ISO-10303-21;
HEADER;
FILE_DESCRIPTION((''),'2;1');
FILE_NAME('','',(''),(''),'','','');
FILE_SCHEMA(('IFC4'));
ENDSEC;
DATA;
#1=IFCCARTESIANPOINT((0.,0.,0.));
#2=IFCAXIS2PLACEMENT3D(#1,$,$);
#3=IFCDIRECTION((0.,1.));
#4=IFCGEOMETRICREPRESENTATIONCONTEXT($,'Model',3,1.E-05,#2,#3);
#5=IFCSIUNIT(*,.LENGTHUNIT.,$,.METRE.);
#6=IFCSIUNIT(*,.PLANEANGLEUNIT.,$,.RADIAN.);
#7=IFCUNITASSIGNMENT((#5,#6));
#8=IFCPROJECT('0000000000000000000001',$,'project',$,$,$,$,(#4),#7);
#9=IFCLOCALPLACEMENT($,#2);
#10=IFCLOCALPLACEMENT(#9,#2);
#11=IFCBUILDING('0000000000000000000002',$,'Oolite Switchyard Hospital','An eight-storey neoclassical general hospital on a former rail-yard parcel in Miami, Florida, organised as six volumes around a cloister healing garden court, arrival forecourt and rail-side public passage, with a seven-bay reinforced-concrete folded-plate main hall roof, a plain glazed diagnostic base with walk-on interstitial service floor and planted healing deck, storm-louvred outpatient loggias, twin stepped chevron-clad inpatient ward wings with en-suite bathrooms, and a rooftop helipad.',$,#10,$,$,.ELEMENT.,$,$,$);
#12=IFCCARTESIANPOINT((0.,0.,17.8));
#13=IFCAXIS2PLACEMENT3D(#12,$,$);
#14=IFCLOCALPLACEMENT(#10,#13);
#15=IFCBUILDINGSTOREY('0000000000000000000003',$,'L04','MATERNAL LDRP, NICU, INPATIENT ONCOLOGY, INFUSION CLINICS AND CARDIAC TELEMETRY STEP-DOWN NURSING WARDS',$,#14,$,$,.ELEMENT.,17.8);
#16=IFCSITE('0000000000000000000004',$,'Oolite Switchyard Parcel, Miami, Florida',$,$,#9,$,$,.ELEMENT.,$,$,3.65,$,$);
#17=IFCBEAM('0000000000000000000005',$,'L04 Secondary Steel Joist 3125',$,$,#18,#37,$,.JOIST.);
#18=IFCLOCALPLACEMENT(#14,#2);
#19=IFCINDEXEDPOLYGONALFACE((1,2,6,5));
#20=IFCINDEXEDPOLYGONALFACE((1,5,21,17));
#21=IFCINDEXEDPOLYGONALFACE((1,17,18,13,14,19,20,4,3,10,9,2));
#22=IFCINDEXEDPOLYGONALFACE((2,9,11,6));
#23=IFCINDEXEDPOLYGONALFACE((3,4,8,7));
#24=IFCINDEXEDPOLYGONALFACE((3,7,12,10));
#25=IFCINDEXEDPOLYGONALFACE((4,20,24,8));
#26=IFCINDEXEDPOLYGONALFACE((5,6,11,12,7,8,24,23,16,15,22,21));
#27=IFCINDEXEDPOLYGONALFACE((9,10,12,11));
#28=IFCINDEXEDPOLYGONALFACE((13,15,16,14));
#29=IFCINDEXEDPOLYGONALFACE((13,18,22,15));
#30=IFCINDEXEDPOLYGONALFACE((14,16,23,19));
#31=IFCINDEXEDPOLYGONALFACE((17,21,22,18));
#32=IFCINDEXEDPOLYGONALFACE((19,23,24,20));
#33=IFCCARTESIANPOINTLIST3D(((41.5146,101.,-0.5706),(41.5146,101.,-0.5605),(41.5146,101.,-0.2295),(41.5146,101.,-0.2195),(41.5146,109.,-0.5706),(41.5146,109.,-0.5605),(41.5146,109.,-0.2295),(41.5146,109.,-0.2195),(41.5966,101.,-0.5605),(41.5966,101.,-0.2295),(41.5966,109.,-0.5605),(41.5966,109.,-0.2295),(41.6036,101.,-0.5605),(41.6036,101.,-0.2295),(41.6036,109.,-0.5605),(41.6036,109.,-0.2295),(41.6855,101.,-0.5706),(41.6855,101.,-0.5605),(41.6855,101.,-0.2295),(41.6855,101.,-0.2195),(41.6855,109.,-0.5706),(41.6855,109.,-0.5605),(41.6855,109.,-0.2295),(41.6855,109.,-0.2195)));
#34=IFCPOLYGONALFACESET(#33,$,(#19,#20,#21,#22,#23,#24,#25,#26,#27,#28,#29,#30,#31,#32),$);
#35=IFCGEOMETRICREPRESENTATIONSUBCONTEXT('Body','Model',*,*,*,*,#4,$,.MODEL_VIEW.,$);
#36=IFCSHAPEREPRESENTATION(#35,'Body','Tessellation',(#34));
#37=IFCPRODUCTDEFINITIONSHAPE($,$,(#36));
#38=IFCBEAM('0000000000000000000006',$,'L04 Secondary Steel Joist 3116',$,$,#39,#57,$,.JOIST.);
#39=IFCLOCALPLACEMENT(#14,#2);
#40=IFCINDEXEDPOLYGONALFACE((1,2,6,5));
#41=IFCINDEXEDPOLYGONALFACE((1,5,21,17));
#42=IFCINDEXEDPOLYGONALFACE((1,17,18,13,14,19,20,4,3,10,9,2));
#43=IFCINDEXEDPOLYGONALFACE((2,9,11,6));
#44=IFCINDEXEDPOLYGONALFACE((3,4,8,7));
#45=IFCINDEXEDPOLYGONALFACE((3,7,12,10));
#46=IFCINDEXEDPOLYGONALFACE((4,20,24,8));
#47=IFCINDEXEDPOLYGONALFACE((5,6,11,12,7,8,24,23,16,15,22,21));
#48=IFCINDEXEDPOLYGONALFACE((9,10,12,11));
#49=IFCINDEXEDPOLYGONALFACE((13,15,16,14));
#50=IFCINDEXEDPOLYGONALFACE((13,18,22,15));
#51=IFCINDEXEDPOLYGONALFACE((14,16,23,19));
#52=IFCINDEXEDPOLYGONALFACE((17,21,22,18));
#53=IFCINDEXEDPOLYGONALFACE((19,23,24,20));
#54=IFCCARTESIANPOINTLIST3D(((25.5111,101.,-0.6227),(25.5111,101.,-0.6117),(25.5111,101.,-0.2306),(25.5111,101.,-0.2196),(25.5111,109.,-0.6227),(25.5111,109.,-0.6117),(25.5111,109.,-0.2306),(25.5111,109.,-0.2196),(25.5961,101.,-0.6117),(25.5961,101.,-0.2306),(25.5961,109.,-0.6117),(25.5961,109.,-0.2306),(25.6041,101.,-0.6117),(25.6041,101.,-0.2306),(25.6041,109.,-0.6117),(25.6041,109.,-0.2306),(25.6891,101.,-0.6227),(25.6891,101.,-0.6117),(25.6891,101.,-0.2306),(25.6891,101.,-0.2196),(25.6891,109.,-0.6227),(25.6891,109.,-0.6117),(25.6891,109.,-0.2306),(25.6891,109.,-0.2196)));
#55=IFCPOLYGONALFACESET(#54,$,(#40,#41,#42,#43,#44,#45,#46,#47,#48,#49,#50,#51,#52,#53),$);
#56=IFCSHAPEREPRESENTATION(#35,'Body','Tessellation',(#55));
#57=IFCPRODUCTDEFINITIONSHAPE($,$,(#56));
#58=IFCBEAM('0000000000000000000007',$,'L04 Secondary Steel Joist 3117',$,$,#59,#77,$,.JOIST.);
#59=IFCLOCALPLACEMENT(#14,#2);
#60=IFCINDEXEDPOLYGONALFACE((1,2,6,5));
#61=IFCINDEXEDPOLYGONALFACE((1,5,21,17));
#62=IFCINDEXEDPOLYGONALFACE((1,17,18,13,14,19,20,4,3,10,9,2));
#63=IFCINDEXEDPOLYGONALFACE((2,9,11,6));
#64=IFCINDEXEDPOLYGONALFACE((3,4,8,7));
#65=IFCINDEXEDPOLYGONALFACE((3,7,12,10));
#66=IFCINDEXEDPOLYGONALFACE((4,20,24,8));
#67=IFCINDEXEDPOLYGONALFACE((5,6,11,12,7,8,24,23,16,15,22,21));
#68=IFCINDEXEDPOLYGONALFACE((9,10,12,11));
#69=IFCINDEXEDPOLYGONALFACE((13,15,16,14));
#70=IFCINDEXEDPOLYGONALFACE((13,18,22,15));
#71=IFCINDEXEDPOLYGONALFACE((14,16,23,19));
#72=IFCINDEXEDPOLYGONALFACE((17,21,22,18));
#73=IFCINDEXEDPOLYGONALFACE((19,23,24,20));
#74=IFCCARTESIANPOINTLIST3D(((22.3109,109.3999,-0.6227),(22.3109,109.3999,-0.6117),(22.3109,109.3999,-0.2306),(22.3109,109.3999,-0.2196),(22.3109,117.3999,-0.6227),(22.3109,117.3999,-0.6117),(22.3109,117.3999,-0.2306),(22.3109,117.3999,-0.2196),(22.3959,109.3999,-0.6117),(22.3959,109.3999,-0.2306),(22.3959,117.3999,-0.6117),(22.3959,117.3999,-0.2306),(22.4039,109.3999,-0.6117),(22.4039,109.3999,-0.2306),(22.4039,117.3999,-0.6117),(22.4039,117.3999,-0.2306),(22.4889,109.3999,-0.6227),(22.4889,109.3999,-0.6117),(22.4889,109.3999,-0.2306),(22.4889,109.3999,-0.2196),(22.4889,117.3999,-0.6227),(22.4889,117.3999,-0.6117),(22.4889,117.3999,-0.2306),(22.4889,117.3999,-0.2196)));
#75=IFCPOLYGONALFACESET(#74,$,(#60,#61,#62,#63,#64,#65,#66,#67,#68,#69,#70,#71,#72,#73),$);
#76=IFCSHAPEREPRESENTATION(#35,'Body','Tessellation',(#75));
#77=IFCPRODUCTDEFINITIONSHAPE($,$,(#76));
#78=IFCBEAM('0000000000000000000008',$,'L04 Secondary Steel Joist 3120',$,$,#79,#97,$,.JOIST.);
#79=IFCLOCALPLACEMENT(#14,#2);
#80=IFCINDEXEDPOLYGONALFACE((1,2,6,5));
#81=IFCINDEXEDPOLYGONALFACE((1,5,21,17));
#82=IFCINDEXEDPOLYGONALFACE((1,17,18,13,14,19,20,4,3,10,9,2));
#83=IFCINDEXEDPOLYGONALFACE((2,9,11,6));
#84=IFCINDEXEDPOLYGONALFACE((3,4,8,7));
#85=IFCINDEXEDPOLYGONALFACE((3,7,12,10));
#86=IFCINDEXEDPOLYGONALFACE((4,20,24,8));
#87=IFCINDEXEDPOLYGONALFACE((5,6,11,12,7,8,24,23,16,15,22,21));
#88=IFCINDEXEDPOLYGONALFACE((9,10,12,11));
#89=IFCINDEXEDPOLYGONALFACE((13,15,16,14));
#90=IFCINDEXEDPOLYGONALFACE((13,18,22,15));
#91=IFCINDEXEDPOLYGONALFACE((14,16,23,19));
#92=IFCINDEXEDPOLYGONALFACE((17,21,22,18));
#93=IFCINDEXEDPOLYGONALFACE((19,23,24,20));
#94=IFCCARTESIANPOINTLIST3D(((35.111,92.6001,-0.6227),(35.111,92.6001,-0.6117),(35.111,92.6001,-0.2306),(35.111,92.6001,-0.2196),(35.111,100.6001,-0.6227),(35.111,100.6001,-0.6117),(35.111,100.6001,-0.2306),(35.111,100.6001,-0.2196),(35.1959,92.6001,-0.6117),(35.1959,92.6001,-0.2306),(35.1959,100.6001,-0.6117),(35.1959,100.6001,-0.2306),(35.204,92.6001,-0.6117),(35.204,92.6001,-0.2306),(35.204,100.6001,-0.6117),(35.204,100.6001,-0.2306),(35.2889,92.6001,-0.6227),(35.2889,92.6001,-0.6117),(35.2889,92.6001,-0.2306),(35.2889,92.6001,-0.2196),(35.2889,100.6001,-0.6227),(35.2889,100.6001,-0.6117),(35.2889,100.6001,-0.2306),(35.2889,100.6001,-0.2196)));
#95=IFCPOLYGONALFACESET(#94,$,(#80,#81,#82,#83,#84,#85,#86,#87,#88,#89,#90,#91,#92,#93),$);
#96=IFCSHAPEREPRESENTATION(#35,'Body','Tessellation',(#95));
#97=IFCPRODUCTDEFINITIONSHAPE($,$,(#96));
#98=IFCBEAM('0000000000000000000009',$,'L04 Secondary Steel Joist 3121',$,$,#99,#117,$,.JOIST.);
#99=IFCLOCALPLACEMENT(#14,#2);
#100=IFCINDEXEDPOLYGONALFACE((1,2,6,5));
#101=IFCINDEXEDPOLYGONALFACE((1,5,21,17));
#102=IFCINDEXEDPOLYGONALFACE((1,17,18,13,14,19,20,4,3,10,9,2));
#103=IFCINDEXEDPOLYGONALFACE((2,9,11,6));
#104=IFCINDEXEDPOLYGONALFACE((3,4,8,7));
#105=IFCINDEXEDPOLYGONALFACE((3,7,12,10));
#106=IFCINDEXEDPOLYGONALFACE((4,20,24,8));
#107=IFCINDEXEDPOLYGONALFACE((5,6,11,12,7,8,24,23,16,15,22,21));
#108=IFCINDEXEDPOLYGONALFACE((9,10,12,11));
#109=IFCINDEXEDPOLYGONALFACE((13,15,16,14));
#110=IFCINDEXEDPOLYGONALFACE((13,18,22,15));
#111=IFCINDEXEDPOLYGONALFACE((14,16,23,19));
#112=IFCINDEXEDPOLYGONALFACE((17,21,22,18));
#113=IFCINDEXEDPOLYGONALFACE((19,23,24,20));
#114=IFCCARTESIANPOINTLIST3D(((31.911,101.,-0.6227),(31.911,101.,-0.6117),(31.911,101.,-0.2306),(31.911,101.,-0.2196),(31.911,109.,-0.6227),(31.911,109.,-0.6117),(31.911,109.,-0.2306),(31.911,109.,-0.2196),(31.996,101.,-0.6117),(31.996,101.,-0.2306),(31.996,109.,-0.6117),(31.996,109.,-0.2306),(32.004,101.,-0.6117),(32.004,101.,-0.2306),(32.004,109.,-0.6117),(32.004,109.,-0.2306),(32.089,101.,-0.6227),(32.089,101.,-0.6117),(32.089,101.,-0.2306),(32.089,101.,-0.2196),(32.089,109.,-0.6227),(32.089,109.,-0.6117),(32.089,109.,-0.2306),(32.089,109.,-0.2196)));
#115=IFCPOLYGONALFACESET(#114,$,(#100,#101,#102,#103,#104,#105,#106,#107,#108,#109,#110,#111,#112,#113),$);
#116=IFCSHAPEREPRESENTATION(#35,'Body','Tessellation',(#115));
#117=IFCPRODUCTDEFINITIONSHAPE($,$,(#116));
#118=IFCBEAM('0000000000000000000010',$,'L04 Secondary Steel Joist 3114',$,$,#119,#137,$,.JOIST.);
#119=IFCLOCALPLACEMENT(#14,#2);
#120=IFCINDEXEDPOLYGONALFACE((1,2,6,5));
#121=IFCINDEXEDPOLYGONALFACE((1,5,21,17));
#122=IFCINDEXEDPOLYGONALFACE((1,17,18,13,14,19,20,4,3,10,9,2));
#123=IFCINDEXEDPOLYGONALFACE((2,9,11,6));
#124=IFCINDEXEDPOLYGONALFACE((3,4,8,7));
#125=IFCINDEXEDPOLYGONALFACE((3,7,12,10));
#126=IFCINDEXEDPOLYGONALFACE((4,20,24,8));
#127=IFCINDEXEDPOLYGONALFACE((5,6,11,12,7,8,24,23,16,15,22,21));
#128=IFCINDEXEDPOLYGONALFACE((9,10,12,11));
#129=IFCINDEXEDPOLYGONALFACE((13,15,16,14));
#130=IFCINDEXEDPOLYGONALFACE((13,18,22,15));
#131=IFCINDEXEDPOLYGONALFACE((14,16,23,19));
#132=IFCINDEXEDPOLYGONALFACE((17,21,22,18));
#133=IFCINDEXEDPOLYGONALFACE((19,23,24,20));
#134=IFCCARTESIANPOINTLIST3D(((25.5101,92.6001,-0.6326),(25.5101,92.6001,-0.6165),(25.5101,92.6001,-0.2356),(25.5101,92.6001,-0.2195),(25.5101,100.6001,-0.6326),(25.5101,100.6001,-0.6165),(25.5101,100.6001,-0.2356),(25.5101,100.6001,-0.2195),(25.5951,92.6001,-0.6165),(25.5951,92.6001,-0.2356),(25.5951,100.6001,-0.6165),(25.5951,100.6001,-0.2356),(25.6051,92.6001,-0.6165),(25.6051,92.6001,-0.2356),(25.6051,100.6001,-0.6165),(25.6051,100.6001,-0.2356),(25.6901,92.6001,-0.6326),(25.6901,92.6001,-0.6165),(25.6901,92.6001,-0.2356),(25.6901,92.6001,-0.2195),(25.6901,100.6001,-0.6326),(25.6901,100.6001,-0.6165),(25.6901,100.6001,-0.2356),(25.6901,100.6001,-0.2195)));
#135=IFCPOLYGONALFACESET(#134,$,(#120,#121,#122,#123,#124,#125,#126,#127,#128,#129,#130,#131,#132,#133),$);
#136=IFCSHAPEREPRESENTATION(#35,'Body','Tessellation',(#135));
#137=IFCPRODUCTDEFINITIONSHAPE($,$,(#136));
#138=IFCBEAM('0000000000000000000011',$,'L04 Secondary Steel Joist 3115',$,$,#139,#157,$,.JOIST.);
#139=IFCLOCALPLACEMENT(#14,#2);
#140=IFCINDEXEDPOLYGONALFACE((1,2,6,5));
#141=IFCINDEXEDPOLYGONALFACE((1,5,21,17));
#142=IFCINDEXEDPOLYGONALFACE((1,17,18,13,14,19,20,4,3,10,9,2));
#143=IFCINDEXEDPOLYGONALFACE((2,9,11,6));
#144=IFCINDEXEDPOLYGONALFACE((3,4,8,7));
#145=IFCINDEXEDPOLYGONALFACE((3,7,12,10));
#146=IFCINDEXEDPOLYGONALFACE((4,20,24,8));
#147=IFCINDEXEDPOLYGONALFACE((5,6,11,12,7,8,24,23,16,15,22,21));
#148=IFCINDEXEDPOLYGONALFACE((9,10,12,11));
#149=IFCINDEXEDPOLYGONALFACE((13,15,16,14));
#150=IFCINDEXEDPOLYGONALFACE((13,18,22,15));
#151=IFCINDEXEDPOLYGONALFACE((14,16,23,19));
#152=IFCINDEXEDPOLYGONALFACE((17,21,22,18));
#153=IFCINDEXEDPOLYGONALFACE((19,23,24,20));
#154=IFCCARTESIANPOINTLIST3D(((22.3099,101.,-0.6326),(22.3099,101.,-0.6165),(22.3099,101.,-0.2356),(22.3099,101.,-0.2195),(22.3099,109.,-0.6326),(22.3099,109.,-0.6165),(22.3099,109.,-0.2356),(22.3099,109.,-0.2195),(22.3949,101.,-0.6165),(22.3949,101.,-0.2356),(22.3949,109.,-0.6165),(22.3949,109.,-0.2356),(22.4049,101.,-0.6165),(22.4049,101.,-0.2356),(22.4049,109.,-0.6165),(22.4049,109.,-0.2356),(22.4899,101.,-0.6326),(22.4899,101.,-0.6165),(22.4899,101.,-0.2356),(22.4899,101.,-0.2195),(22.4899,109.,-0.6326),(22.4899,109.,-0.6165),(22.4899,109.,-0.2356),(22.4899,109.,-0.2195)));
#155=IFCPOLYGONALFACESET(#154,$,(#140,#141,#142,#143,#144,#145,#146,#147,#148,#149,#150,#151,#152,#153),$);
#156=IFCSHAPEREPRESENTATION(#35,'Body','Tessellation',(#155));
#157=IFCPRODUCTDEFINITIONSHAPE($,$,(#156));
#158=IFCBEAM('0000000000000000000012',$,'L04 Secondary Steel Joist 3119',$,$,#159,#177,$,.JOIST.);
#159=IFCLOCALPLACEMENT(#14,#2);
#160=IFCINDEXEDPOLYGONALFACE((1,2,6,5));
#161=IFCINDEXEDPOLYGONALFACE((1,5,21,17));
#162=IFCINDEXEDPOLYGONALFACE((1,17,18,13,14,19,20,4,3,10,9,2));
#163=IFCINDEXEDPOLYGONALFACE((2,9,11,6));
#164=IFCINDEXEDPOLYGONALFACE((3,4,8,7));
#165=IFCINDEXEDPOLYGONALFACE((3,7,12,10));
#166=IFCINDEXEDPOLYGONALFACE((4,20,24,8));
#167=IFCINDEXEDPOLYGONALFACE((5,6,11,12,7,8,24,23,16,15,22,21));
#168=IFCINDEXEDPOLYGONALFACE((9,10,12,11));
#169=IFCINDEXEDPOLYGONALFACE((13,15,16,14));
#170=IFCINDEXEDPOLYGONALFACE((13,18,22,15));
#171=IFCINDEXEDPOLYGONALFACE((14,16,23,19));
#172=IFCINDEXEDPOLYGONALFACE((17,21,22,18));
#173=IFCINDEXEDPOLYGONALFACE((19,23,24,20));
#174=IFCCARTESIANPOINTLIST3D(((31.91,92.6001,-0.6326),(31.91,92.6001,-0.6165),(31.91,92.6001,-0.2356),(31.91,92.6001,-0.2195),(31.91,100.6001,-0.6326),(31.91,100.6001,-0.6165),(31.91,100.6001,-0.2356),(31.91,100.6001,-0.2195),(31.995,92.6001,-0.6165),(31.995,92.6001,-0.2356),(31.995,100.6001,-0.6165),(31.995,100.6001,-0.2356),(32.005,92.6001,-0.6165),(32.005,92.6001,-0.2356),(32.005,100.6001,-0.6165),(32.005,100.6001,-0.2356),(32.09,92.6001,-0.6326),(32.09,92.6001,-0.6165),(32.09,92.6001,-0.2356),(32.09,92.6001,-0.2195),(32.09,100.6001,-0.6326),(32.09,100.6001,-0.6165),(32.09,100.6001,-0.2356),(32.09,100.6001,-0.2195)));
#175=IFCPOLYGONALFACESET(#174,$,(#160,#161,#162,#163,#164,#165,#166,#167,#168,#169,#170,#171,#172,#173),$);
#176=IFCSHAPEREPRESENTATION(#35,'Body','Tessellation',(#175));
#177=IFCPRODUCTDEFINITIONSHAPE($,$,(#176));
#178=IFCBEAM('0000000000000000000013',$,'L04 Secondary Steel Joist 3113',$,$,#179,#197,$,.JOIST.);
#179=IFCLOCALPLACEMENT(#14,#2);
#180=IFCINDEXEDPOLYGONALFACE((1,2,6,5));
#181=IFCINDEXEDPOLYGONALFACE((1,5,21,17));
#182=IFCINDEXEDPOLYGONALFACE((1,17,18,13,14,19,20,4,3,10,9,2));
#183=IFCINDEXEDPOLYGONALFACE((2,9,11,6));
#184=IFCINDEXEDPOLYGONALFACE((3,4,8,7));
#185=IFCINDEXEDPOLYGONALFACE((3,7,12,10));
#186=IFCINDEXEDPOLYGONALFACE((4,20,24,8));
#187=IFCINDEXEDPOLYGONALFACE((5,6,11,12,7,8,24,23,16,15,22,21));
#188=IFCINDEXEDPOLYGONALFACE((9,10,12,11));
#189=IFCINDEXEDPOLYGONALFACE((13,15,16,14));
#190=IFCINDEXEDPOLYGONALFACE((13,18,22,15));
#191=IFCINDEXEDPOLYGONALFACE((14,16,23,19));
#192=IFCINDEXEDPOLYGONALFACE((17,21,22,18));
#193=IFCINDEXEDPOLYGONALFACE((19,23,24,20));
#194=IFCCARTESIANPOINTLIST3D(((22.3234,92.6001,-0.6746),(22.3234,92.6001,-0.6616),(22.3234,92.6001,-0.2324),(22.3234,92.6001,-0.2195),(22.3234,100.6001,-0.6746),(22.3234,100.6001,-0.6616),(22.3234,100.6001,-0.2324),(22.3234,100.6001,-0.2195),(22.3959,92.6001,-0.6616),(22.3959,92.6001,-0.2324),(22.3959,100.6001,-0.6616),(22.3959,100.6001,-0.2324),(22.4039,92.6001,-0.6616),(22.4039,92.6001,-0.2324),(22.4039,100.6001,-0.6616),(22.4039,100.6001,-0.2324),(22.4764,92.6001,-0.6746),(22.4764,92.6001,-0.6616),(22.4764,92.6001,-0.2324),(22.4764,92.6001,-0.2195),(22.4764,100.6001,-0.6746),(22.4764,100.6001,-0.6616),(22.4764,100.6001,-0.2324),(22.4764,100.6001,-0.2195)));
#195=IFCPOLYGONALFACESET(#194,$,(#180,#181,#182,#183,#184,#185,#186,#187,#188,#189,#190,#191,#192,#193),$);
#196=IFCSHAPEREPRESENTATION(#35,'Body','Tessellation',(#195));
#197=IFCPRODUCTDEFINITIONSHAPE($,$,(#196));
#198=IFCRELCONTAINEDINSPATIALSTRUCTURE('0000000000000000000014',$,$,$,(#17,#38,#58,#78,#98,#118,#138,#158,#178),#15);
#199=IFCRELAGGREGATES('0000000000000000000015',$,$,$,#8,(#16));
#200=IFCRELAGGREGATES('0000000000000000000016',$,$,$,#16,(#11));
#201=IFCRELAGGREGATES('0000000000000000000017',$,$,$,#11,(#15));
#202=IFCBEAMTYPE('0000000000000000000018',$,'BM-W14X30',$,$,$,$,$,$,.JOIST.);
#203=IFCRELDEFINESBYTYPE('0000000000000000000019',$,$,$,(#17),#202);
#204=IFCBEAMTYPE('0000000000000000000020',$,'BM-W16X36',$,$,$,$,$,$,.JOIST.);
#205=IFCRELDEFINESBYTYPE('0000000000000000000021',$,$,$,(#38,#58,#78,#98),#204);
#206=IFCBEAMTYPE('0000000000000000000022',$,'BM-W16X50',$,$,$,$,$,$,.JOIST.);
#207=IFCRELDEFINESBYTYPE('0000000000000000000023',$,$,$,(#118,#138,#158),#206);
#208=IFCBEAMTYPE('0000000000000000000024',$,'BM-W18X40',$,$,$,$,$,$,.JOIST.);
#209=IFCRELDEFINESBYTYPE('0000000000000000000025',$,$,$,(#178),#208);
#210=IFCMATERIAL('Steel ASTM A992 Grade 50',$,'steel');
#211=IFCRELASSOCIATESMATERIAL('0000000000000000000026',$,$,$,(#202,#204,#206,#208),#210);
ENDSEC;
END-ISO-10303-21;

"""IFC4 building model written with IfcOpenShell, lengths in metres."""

from ifc_helpers import new_model, si_unit, direction, frame, origin, origin_2d, place, context, subcontext, project, spatial, i_section, extrude, material, material_profile, profile_set, type_object, element, save


model = new_model("IFC4")

# Units and contexts
model_context = context("Model", 3, precision=1e-05, world=origin(), true_north=direction((0.0, 1.0)))
body_context = subcontext(model_context, "Body", "Model", "MODEL_VIEW")
ifc_project = project(units=[si_unit("LENGTHUNIT", "METRE"), si_unit("PLANEANGLEUNIT", "RADIAN")], contexts=[model_context])

# Site, building, storey
site_placement = place(None, origin())
site = spatial("IfcSite", under=ifc_project, at=site_placement, Name="Oolite Switchyard Parcel, Miami, Florida", CompositionType="ELEMENT", RefElevation=3.65)
building_placement = place(site_placement, origin())
building = spatial("IfcBuilding", under=site, at=building_placement, Name="Oolite Switchyard Hospital", Description="An eight-storey neoclassical general hospital on a former rail-yard parcel in Miami, Florida, organised as six volumes around a cloister healing garden court, arrival forecourt and rail-side public passage, with a seven-bay reinforced-concrete folded-plate main hall roof, a plain glazed diagnostic base with walk-on interstitial service floor and planted healing deck, storm-louvred outpatient loggias, twin stepped chevron-clad inpatient ward wings with en-suite bathrooms, and a rooftop helipad.", CompositionType="ELEMENT")
storey_placement = place(building_placement, frame((0.0, 0.0, 17.8)))
storey = spatial("IfcBuildingStorey", under=building, at=storey_placement, Name="L04", Description="MATERNAL LDRP, NICU, INPATIENT ONCOLOGY, INFUSION CLINICS AND CARDIAC TELEMETRY STEP-DOWN NURSING WARDS", CompositionType="ELEMENT", Elevation=17.8)

# Beams
ifc_material_1 = material(Name="Steel ASTM A992 Grade 50", Category="steel")
ifc_material_profile_1 = material_profile(ifc_material_1, i_section(OverallWidth=0.1709, OverallDepth=0.3511, WebThickness=0.0071, FlangeThickness=0.01, at=origin_2d()), Name="W14X30")
ifc_profile_set_1 = profile_set([ifc_material_profile_1], Name="Steel ASTM A992 Grade 50")
beam_type_1 = type_object("IfcBeamType", Name="BM-W14X30", PredefinedType="JOIST", material=ifc_profile_set_1)
for number, where, z_axis, x_axis, name in (
    (1, (41.6001, 101.0, -0.395), (0.0, 1.0, 0.0), (-1.0, 0.0, 0.0), "L04 Secondary Steel Joist 3125"),
):
    element("IfcBeam", number, at=place(storey_placement, frame(where, z_axis=z_axis, x_axis=x_axis)), inside=storey, type_object=beam_type_1, Name=name, PredefinedType="JOIST", context=body_context, shape_type="SweptSolid", body=[
        extrude(i_section(OverallWidth=0.1709, OverallDepth=0.3511, WebThickness=0.0071, FlangeThickness=0.01, at=origin_2d()), origin(), (0.0, 0.0, 1.0), 8.0),
    ])
ifc_material_profile_2 = material_profile(ifc_material_1, i_section(OverallWidth=0.178, OverallDepth=0.4031, WebThickness=0.0081, FlangeThickness=0.011, at=origin_2d()), Name="W16X36")
ifc_profile_set_2 = profile_set([ifc_material_profile_2], Name="Steel ASTM A992 Grade 50")
beam_type_2 = type_object("IfcBeamType", Name="BM-W16X36", PredefinedType="JOIST", material=ifc_profile_set_2)
for number, where, z_axis, x_axis, name in (
    (2, (25.6001, 101.0, -0.4211), (0.0, 1.0, 0.0), (-1.0, 0.0, 0.0), "L04 Secondary Steel Joist 3116"),
    (3, (22.3999, 109.3999, -0.4211), (0.0, 1.0, 0.0), (-1.0, 0.0, 0.0), "L04 Secondary Steel Joist 3117"),
    (4, (35.2, 92.6001, -0.4211), (0.0, 1.0, 0.0), (-1.0, 0.0, 0.0), "L04 Secondary Steel Joist 3120"),
    (5, (32.0, 101.0, -0.4211), (0.0, 1.0, 0.0), (-1.0, 0.0, 0.0), "L04 Secondary Steel Joist 3121"),
):
    element("IfcBeam", number, at=place(storey_placement, frame(where, z_axis=z_axis, x_axis=x_axis)), inside=storey, type_object=beam_type_2, Name=name, PredefinedType="JOIST", context=body_context, shape_type="SweptSolid", body=[
        extrude(i_section(OverallWidth=0.178, OverallDepth=0.4031, WebThickness=0.0081, FlangeThickness=0.011, at=origin_2d()), origin(), (0.0, 0.0, 1.0), 8.0),
    ])
ifc_material_profile_3 = material_profile(ifc_material_1, i_section(OverallWidth=0.1799, OverallDepth=0.4131, WebThickness=0.01, FlangeThickness=0.0161, at=origin_2d()), Name="W16X50")
ifc_profile_set_3 = profile_set([ifc_material_profile_3], Name="Steel ASTM A992 Grade 50")
beam_type_3 = type_object("IfcBeamType", Name="BM-W16X50", PredefinedType="JOIST", material=ifc_profile_set_3)
for number, where, z_axis, x_axis, name in (
    (6, (25.6001, 92.6001, -0.426), (0.0, 1.0, 0.0), (-1.0, 0.0, 0.0), "L04 Secondary Steel Joist 3114"),
    (7, (22.3999, 101.0, -0.426), (0.0, 1.0, 0.0), (-1.0, 0.0, 0.0), "L04 Secondary Steel Joist 3115"),
    (8, (32.0, 92.6001, -0.426), (0.0, 1.0, 0.0), (-1.0, 0.0, 0.0), "L04 Secondary Steel Joist 3119"),
):
    element("IfcBeam", number, at=place(storey_placement, frame(where, z_axis=z_axis, x_axis=x_axis)), inside=storey, type_object=beam_type_3, Name=name, PredefinedType="JOIST", context=body_context, shape_type="SweptSolid", body=[
        extrude(i_section(OverallWidth=0.1799, OverallDepth=0.4131, WebThickness=0.01, FlangeThickness=0.0161, at=origin_2d()), origin(), (0.0, 0.0, 1.0), 8.0),
    ])
ifc_material_profile_4 = material_profile(ifc_material_1, i_section(OverallWidth=0.1531, OverallDepth=0.4551, WebThickness=0.0081, FlangeThickness=0.0129, at=origin_2d()), Name="W18X40")
ifc_profile_set_4 = profile_set([ifc_material_profile_4], Name="Steel ASTM A992 Grade 50")
beam_type_4 = type_object("IfcBeamType", Name="BM-W18X40", PredefinedType="JOIST", material=ifc_profile_set_4)
beam_1_placement = place(storey_placement, frame((22.3999, 92.6001, -0.447), z_axis=(0.0, 1.0, 0.0), x_axis=(-1.0, 0.0, 0.0)))
element("IfcBeam", 9, at=beam_1_placement, inside=storey, type_object=beam_type_4, Name="L04 Secondary Steel Joist 3113", PredefinedType="JOIST", context=body_context, shape_type="SweptSolid", body=[
    extrude(i_section(OverallWidth=0.1531, OverallDepth=0.4551, WebThickness=0.0081, FlangeThickness=0.0129, at=origin_2d()), origin(), (0.0, 0.0, 1.0), 8.0),
])

save(model, "model.ifc")
